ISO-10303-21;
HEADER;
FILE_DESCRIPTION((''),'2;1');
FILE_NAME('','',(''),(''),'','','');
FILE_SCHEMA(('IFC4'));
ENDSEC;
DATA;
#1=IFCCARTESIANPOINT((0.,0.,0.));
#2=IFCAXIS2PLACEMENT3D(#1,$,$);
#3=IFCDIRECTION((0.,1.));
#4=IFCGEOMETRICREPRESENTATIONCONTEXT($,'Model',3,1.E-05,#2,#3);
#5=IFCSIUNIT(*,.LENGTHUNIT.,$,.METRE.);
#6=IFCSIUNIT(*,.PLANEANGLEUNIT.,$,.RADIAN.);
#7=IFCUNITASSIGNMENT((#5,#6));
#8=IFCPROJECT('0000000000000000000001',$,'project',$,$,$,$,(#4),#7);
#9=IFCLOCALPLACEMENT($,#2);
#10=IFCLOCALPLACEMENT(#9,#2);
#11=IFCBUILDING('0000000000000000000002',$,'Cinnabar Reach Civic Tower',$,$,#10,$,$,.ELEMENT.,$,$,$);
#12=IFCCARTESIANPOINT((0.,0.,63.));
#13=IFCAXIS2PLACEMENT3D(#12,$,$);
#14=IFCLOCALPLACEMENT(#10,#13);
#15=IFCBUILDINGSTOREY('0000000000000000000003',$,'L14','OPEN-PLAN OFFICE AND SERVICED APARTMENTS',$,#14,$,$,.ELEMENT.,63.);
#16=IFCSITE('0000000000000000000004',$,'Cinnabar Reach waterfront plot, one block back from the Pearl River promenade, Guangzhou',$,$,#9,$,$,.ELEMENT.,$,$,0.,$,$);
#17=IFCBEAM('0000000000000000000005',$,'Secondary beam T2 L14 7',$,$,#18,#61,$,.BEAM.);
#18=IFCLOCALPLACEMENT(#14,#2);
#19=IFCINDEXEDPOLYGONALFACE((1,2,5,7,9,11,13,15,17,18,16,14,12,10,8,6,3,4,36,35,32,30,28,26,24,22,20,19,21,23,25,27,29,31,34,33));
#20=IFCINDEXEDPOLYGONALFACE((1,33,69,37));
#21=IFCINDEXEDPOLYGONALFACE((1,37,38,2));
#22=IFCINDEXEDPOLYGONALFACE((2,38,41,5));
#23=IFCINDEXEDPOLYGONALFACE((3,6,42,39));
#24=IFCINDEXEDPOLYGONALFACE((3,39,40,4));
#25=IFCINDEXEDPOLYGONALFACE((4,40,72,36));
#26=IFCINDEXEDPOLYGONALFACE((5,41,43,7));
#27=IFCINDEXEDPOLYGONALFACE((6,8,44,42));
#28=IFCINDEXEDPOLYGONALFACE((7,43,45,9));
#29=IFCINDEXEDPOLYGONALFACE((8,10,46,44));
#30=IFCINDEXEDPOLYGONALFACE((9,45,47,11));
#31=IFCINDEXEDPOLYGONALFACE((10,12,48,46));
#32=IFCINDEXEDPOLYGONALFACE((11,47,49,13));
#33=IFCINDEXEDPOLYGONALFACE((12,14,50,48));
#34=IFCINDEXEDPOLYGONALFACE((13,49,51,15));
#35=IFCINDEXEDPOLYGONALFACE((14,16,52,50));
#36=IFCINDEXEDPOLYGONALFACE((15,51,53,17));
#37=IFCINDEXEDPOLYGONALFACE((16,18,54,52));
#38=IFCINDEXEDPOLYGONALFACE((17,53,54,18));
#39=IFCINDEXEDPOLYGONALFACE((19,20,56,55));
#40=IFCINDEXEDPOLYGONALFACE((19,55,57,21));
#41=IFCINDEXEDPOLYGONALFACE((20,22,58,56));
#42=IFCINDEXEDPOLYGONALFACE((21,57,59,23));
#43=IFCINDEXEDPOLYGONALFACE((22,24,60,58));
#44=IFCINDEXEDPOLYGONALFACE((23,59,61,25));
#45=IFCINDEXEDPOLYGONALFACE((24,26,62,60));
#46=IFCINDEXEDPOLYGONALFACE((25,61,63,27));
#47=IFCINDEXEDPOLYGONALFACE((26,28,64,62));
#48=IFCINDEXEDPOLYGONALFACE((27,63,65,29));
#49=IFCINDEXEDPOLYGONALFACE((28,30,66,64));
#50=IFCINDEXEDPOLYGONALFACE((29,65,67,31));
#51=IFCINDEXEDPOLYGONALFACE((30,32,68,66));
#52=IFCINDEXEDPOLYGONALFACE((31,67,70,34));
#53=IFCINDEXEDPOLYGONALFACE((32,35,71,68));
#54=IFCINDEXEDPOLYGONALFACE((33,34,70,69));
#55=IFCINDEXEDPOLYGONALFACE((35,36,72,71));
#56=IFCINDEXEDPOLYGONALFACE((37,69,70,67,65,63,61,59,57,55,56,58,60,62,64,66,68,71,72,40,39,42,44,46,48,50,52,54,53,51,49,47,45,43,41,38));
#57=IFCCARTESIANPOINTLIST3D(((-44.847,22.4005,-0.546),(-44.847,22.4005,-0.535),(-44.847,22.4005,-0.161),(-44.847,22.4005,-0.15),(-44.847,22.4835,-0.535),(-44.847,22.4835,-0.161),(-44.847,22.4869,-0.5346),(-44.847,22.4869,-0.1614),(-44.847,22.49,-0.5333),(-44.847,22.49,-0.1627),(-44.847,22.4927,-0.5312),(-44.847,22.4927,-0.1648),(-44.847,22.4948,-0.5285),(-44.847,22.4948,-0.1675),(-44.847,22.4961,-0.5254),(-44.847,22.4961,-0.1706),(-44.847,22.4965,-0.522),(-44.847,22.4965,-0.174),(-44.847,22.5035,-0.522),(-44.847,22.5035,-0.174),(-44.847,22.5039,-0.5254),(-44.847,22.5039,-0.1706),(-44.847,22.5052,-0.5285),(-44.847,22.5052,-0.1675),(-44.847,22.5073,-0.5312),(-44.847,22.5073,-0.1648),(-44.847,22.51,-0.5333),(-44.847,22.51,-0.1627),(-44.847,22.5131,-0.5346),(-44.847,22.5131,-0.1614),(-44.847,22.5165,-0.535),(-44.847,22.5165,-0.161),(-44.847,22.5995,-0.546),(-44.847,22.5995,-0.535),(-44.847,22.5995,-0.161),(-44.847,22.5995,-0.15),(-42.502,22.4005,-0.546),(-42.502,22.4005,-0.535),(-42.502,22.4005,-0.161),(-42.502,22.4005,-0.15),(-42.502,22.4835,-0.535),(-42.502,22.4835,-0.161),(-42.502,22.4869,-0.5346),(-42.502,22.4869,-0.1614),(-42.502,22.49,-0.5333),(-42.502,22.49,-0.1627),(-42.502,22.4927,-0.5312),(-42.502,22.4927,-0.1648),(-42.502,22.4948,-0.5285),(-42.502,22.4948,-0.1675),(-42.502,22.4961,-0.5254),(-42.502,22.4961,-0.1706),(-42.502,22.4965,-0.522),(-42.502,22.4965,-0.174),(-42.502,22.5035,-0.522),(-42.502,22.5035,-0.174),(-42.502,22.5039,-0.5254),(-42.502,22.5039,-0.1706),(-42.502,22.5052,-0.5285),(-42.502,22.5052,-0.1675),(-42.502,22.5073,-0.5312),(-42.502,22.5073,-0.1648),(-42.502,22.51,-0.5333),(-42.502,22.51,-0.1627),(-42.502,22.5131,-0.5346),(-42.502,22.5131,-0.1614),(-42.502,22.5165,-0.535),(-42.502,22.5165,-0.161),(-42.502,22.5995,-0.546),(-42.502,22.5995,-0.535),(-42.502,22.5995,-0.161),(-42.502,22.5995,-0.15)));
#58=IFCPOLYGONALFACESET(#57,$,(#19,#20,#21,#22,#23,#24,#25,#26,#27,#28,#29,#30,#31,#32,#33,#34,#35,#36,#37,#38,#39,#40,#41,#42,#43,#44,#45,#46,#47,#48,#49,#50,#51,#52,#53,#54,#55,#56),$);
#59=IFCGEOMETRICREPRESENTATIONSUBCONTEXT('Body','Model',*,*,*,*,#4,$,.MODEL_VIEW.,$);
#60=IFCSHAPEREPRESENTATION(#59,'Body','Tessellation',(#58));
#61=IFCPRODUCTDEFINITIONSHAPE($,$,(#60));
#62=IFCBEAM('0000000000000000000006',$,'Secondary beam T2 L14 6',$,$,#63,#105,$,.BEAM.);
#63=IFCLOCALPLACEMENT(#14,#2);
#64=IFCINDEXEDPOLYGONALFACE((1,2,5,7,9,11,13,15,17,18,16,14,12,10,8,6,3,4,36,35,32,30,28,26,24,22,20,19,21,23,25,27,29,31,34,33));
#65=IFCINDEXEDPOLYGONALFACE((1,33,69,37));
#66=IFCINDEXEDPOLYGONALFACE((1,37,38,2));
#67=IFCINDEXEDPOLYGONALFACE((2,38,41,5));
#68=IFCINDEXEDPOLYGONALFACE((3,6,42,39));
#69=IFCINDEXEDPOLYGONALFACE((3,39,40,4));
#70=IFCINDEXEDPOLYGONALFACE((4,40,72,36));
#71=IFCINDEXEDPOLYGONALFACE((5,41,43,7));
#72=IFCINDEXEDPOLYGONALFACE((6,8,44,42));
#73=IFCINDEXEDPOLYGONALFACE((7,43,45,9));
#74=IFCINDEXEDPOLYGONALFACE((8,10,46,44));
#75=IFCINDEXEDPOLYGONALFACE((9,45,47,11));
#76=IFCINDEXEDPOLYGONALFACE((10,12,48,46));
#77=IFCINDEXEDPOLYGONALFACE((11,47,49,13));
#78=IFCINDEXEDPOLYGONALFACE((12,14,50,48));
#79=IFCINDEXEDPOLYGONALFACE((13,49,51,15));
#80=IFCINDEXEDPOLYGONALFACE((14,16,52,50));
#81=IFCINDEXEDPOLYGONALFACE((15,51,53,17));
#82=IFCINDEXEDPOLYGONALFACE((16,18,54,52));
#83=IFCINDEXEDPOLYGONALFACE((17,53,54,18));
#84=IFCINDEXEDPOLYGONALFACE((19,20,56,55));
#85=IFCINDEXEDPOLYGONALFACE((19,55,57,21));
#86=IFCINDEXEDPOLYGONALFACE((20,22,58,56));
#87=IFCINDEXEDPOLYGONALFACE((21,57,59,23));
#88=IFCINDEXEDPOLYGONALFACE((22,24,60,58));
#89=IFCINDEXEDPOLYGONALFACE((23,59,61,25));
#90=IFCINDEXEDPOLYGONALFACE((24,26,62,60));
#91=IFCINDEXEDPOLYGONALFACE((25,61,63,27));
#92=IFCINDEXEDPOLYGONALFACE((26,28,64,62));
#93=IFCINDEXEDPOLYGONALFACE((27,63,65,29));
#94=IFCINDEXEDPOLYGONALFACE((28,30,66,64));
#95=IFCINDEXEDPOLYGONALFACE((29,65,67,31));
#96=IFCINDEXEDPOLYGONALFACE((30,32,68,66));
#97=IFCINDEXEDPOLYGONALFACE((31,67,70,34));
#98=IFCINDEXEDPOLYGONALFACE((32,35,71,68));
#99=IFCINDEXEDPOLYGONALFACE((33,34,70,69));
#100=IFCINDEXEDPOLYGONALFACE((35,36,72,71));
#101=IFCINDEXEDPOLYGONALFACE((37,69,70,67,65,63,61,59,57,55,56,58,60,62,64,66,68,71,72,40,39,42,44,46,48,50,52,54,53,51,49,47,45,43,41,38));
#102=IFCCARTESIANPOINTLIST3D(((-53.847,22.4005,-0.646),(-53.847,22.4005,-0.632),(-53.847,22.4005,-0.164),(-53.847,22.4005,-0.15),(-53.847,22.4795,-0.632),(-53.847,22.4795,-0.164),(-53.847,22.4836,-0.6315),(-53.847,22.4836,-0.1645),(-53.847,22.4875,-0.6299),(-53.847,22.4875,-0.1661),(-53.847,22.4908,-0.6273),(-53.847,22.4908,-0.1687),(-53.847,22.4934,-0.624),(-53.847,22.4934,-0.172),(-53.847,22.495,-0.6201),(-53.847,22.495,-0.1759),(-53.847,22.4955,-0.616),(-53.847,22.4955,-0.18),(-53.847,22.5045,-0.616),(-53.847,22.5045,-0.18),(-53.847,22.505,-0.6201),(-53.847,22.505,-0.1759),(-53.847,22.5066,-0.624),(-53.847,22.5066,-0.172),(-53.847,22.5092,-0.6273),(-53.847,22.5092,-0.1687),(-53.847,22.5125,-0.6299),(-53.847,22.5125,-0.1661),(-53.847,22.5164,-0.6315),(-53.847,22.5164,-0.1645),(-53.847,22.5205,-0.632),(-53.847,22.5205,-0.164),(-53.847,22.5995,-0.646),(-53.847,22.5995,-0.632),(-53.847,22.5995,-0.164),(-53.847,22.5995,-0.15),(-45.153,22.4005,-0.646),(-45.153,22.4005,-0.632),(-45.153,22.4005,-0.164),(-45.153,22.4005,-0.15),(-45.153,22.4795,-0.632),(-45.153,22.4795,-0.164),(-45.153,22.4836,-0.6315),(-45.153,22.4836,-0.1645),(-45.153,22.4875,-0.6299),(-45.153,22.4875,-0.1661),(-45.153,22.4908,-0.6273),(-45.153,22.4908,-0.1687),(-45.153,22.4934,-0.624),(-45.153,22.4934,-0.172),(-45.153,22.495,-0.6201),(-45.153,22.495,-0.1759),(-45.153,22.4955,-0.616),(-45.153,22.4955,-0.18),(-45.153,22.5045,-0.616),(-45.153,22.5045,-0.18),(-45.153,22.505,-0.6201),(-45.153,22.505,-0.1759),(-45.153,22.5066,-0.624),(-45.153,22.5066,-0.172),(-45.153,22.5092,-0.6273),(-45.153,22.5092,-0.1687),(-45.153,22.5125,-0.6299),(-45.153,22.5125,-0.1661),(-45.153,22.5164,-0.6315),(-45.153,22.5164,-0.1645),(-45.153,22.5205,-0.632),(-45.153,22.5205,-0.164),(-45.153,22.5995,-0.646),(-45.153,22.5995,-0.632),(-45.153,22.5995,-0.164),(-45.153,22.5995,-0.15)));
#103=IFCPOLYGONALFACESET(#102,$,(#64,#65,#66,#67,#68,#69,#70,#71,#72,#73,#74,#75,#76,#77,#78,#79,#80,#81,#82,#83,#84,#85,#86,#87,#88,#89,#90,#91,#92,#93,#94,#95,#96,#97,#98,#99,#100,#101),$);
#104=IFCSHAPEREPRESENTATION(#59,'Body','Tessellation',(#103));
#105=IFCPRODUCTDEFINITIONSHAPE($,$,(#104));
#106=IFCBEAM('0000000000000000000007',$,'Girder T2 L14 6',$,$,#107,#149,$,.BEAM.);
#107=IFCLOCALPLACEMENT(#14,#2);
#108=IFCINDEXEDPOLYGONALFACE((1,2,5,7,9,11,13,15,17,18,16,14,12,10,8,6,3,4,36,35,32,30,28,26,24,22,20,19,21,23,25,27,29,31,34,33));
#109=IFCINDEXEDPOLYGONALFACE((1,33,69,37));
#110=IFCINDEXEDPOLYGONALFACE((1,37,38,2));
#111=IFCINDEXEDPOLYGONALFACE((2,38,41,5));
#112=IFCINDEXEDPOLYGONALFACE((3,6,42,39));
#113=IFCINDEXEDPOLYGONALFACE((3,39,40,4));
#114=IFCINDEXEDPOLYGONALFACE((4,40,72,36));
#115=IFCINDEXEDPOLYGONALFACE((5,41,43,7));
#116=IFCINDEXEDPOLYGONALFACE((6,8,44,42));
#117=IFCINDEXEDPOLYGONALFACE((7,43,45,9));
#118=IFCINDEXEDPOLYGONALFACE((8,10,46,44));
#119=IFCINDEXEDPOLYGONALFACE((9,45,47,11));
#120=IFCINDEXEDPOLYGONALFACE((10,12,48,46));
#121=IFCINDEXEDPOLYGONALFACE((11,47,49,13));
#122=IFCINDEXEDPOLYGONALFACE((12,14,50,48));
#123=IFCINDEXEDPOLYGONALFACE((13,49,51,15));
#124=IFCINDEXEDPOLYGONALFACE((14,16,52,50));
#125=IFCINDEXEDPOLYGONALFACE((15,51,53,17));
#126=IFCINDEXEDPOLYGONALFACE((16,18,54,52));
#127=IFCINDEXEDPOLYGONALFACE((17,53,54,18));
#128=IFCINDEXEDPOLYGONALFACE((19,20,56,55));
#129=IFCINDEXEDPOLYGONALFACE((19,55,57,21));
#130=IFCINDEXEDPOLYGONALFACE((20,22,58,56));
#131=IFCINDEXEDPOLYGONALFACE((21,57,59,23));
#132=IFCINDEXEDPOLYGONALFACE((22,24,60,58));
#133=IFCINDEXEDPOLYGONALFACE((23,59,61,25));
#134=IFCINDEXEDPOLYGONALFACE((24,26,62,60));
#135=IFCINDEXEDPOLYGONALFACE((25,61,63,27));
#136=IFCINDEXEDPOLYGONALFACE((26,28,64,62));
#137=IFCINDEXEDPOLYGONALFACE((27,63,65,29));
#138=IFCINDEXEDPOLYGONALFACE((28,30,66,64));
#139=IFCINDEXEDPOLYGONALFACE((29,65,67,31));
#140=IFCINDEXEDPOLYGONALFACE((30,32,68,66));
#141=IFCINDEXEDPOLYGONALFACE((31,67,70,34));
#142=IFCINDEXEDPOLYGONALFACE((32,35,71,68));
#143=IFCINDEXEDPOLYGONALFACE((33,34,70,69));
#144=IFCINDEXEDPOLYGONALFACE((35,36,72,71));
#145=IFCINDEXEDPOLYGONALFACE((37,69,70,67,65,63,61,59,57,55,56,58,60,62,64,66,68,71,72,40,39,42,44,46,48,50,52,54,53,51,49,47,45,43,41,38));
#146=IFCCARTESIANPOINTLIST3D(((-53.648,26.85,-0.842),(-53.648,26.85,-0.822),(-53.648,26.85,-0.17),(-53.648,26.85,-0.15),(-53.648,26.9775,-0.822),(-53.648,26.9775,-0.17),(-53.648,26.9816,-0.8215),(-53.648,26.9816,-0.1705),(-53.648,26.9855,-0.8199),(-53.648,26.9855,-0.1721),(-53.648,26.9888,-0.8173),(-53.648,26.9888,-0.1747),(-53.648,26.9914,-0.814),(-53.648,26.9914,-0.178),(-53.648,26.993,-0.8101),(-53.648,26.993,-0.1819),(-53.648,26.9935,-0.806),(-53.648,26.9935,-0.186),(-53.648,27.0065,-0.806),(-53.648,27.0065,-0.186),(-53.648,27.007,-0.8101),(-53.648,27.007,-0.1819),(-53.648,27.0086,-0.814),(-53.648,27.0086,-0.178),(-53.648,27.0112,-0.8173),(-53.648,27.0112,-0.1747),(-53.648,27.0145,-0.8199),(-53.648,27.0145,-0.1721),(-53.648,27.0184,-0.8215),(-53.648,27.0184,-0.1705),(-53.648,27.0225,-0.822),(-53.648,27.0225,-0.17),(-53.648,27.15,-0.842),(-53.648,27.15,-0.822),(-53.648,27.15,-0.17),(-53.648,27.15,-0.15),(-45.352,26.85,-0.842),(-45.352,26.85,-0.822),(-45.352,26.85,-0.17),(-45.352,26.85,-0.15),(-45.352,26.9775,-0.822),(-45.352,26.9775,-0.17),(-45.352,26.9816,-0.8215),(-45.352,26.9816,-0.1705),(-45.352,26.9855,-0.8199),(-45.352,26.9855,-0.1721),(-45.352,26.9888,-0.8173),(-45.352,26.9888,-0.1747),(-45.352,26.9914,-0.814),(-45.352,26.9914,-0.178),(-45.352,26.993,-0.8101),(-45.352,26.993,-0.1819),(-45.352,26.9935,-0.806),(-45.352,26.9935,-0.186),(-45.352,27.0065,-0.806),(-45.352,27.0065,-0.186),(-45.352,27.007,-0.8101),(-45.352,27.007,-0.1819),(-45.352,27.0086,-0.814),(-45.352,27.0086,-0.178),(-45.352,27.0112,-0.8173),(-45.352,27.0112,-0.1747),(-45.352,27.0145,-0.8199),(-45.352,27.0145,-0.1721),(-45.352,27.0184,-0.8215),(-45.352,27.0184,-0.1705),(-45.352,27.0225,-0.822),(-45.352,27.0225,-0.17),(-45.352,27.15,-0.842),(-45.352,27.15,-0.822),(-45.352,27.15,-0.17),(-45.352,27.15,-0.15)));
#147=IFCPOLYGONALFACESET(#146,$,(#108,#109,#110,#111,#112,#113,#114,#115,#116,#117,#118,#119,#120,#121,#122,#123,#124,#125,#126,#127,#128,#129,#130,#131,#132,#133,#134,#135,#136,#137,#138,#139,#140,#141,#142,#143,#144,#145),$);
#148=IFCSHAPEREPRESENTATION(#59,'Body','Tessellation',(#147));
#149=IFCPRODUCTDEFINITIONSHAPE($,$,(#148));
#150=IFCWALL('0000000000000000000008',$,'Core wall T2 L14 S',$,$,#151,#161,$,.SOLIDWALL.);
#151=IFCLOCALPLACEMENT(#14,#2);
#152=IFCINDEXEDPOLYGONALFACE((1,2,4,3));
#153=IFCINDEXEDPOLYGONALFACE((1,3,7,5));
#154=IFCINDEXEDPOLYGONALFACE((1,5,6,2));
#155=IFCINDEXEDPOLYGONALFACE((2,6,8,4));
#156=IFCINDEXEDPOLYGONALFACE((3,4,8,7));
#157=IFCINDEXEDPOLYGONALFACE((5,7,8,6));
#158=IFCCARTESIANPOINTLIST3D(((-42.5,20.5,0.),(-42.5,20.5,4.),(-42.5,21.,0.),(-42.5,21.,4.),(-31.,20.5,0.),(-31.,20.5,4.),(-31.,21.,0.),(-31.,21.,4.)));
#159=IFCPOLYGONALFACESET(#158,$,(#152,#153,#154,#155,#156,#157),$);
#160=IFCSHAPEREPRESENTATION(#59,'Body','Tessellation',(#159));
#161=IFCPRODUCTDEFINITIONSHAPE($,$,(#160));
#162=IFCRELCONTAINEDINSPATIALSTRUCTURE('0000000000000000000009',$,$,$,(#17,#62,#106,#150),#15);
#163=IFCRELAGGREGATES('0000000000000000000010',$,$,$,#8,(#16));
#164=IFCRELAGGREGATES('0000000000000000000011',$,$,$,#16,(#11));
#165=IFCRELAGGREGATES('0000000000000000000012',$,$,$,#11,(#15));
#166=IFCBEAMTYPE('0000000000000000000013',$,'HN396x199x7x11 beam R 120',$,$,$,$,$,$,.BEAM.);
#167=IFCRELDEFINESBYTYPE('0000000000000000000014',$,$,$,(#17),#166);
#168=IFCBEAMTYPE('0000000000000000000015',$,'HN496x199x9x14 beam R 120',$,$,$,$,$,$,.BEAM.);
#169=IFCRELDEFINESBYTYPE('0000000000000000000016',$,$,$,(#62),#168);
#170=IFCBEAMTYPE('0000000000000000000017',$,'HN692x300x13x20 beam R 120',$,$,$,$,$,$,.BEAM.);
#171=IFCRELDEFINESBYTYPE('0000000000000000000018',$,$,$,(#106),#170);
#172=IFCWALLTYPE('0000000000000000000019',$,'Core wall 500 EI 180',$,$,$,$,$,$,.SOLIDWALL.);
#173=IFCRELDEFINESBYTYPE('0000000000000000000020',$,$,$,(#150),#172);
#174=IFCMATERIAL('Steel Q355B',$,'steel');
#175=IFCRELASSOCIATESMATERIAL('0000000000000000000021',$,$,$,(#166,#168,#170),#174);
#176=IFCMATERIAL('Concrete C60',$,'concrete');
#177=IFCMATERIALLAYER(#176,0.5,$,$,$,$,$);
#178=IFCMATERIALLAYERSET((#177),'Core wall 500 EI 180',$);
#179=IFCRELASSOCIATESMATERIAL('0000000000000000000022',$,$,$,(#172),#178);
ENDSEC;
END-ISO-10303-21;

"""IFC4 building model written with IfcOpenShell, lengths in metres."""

from ifc_helpers import new_model, si_unit, direction, frame, frame_2d, origin, origin_2d, place, context, subcontext, project, spatial, rectangle, i_section, extrude, material, layer, layer_set, material_profile, profile_set, type_object, element, save


model = new_model("IFC4")

# Units and contexts
model_context = context("Model", 3, precision=1e-05, world=origin(), true_north=direction((0.0, 1.0)))
body_context = subcontext(model_context, "Body", "Model", "MODEL_VIEW")
ifc_project = project(units=[si_unit("LENGTHUNIT", "METRE"), si_unit("PLANEANGLEUNIT", "RADIAN")], contexts=[model_context])

# Site, building, storey
site_placement = place(None, origin())
site = spatial("IfcSite", under=ifc_project, at=site_placement, Name="Cinnabar Reach waterfront plot, one block back from the Pearl River promenade, Guangzhou", CompositionType="ELEMENT", RefElevation=0.0)
building_placement = place(site_placement, origin())
building = spatial("IfcBuilding", under=site, at=building_placement, Name="Cinnabar Reach Civic Tower", CompositionType="ELEMENT")
storey_placement = place(building_placement, frame((0.0, 0.0, 63.0)))
storey = spatial("IfcBuildingStorey", under=building, at=storey_placement, Name="L14", Description="OPEN-PLAN OFFICE AND SERVICED APARTMENTS", CompositionType="ELEMENT", Elevation=63.0)

# Shared definitions
ifc_material_1 = material(Name="Concrete C60", Category="concrete")

# Beams
ifc_material_2 = material(Name="Steel Q355B", Category="steel")
ifc_material_profile_1 = material_profile(ifc_material_2, i_section(OverallWidth=0.199, OverallDepth=0.396, WebThickness=0.007, FlangeThickness=0.011, FilletRadius=0.013, at=origin_2d()), Name="HN396x199x7x11")
ifc_profile_set_1 = profile_set([ifc_material_profile_1], Name="Steel Q355B")
beam_type_1 = type_object("IfcBeamType", Name="HN396x199x7x11 beam R 120", PredefinedType="BEAM", material=ifc_profile_set_1)
beam_1_placement = place(storey_placement, frame((-44.847, 22.5, -0.348), z_axis=(1.0, 0.0, 0.0), x_axis=(0.0, 1.0, 0.0)))
element("IfcBeam", 1, at=beam_1_placement, inside=storey, type_object=beam_type_1, Name="Secondary beam T2 L14 7", PredefinedType="BEAM", context=body_context, shape_type="SweptSolid", body=[
    extrude(i_section(OverallWidth=0.199, OverallDepth=0.396, WebThickness=0.007, FlangeThickness=0.011, FilletRadius=0.013, at=origin_2d()), origin(), (0.0, 0.0, 1.0), 2.345),
])
ifc_material_profile_2 = material_profile(ifc_material_2, i_section(OverallWidth=0.199, OverallDepth=0.496, WebThickness=0.009, FlangeThickness=0.014, FilletRadius=0.016, at=origin_2d()), Name="HN496x199x9x14")
ifc_profile_set_2 = profile_set([ifc_material_profile_2], Name="Steel Q355B")
beam_type_2 = type_object("IfcBeamType", Name="HN496x199x9x14 beam R 120", PredefinedType="BEAM", material=ifc_profile_set_2)
beam_2_placement = place(storey_placement, frame((-53.847, 22.5, -0.398), z_axis=(1.0, 0.0, 0.0), x_axis=(0.0, 1.0, 0.0)))
element("IfcBeam", 2, at=beam_2_placement, inside=storey, type_object=beam_type_2, Name="Secondary beam T2 L14 6", PredefinedType="BEAM", context=body_context, shape_type="SweptSolid", body=[
    extrude(i_section(OverallWidth=0.199, OverallDepth=0.496, WebThickness=0.009, FlangeThickness=0.014, FilletRadius=0.016, at=origin_2d()), origin(), (0.0, 0.0, 1.0), 8.694),
])
ifc_material_profile_3 = material_profile(ifc_material_2, i_section(OverallWidth=0.3, OverallDepth=0.692, WebThickness=0.013, FlangeThickness=0.02, FilletRadius=0.016, at=origin_2d()), Name="HN692x300x13x20")
ifc_profile_set_3 = profile_set([ifc_material_profile_3], Name="Steel Q355B")
beam_type_3 = type_object("IfcBeamType", Name="HN692x300x13x20 beam R 120", PredefinedType="BEAM", material=ifc_profile_set_3)
beam_3_placement = place(storey_placement, frame((-53.648, 27.0, -0.496), z_axis=(1.0, 0.0, 0.0), x_axis=(0.0, 1.0, 0.0)))
element("IfcBeam", 3, at=beam_3_placement, inside=storey, type_object=beam_type_3, Name="Girder T2 L14 6", PredefinedType="BEAM", context=body_context, shape_type="SweptSolid", body=[
    extrude(i_section(OverallWidth=0.3, OverallDepth=0.692, WebThickness=0.013, FlangeThickness=0.02, FilletRadius=0.016, at=origin_2d()), origin(), (0.0, 0.0, 1.0), 8.296),
])

# Wall
ifc_layer_1 = layer(ifc_material_1, 0.5)
ifc_layer_set_1 = layer_set([ifc_layer_1], Name="Core wall 500 EI 180")
wall_type_1 = type_object("IfcWallType", Name="Core wall 500 EI 180", PredefinedType="SOLIDWALL", material=ifc_layer_set_1)
wall_1_placement = place(storey_placement, frame((-42.5, 20.75, 0.0), z_axis=(0.0, 0.0, 1.0), x_axis=(1.0, 0.0, 0.0)))
element("IfcWall", 4, at=wall_1_placement, inside=storey, type_object=wall_type_1, Name="Core wall T2 L14 S", PredefinedType="SOLIDWALL", context=body_context, shape_type="SweptSolid", body=[
    extrude(rectangle(XDim=11.5, YDim=0.5, at=frame_2d((5.75, 0.0))), origin(), (0.0, 0.0, 1.0), 4.0),
])

save(model, "model.ifc")
